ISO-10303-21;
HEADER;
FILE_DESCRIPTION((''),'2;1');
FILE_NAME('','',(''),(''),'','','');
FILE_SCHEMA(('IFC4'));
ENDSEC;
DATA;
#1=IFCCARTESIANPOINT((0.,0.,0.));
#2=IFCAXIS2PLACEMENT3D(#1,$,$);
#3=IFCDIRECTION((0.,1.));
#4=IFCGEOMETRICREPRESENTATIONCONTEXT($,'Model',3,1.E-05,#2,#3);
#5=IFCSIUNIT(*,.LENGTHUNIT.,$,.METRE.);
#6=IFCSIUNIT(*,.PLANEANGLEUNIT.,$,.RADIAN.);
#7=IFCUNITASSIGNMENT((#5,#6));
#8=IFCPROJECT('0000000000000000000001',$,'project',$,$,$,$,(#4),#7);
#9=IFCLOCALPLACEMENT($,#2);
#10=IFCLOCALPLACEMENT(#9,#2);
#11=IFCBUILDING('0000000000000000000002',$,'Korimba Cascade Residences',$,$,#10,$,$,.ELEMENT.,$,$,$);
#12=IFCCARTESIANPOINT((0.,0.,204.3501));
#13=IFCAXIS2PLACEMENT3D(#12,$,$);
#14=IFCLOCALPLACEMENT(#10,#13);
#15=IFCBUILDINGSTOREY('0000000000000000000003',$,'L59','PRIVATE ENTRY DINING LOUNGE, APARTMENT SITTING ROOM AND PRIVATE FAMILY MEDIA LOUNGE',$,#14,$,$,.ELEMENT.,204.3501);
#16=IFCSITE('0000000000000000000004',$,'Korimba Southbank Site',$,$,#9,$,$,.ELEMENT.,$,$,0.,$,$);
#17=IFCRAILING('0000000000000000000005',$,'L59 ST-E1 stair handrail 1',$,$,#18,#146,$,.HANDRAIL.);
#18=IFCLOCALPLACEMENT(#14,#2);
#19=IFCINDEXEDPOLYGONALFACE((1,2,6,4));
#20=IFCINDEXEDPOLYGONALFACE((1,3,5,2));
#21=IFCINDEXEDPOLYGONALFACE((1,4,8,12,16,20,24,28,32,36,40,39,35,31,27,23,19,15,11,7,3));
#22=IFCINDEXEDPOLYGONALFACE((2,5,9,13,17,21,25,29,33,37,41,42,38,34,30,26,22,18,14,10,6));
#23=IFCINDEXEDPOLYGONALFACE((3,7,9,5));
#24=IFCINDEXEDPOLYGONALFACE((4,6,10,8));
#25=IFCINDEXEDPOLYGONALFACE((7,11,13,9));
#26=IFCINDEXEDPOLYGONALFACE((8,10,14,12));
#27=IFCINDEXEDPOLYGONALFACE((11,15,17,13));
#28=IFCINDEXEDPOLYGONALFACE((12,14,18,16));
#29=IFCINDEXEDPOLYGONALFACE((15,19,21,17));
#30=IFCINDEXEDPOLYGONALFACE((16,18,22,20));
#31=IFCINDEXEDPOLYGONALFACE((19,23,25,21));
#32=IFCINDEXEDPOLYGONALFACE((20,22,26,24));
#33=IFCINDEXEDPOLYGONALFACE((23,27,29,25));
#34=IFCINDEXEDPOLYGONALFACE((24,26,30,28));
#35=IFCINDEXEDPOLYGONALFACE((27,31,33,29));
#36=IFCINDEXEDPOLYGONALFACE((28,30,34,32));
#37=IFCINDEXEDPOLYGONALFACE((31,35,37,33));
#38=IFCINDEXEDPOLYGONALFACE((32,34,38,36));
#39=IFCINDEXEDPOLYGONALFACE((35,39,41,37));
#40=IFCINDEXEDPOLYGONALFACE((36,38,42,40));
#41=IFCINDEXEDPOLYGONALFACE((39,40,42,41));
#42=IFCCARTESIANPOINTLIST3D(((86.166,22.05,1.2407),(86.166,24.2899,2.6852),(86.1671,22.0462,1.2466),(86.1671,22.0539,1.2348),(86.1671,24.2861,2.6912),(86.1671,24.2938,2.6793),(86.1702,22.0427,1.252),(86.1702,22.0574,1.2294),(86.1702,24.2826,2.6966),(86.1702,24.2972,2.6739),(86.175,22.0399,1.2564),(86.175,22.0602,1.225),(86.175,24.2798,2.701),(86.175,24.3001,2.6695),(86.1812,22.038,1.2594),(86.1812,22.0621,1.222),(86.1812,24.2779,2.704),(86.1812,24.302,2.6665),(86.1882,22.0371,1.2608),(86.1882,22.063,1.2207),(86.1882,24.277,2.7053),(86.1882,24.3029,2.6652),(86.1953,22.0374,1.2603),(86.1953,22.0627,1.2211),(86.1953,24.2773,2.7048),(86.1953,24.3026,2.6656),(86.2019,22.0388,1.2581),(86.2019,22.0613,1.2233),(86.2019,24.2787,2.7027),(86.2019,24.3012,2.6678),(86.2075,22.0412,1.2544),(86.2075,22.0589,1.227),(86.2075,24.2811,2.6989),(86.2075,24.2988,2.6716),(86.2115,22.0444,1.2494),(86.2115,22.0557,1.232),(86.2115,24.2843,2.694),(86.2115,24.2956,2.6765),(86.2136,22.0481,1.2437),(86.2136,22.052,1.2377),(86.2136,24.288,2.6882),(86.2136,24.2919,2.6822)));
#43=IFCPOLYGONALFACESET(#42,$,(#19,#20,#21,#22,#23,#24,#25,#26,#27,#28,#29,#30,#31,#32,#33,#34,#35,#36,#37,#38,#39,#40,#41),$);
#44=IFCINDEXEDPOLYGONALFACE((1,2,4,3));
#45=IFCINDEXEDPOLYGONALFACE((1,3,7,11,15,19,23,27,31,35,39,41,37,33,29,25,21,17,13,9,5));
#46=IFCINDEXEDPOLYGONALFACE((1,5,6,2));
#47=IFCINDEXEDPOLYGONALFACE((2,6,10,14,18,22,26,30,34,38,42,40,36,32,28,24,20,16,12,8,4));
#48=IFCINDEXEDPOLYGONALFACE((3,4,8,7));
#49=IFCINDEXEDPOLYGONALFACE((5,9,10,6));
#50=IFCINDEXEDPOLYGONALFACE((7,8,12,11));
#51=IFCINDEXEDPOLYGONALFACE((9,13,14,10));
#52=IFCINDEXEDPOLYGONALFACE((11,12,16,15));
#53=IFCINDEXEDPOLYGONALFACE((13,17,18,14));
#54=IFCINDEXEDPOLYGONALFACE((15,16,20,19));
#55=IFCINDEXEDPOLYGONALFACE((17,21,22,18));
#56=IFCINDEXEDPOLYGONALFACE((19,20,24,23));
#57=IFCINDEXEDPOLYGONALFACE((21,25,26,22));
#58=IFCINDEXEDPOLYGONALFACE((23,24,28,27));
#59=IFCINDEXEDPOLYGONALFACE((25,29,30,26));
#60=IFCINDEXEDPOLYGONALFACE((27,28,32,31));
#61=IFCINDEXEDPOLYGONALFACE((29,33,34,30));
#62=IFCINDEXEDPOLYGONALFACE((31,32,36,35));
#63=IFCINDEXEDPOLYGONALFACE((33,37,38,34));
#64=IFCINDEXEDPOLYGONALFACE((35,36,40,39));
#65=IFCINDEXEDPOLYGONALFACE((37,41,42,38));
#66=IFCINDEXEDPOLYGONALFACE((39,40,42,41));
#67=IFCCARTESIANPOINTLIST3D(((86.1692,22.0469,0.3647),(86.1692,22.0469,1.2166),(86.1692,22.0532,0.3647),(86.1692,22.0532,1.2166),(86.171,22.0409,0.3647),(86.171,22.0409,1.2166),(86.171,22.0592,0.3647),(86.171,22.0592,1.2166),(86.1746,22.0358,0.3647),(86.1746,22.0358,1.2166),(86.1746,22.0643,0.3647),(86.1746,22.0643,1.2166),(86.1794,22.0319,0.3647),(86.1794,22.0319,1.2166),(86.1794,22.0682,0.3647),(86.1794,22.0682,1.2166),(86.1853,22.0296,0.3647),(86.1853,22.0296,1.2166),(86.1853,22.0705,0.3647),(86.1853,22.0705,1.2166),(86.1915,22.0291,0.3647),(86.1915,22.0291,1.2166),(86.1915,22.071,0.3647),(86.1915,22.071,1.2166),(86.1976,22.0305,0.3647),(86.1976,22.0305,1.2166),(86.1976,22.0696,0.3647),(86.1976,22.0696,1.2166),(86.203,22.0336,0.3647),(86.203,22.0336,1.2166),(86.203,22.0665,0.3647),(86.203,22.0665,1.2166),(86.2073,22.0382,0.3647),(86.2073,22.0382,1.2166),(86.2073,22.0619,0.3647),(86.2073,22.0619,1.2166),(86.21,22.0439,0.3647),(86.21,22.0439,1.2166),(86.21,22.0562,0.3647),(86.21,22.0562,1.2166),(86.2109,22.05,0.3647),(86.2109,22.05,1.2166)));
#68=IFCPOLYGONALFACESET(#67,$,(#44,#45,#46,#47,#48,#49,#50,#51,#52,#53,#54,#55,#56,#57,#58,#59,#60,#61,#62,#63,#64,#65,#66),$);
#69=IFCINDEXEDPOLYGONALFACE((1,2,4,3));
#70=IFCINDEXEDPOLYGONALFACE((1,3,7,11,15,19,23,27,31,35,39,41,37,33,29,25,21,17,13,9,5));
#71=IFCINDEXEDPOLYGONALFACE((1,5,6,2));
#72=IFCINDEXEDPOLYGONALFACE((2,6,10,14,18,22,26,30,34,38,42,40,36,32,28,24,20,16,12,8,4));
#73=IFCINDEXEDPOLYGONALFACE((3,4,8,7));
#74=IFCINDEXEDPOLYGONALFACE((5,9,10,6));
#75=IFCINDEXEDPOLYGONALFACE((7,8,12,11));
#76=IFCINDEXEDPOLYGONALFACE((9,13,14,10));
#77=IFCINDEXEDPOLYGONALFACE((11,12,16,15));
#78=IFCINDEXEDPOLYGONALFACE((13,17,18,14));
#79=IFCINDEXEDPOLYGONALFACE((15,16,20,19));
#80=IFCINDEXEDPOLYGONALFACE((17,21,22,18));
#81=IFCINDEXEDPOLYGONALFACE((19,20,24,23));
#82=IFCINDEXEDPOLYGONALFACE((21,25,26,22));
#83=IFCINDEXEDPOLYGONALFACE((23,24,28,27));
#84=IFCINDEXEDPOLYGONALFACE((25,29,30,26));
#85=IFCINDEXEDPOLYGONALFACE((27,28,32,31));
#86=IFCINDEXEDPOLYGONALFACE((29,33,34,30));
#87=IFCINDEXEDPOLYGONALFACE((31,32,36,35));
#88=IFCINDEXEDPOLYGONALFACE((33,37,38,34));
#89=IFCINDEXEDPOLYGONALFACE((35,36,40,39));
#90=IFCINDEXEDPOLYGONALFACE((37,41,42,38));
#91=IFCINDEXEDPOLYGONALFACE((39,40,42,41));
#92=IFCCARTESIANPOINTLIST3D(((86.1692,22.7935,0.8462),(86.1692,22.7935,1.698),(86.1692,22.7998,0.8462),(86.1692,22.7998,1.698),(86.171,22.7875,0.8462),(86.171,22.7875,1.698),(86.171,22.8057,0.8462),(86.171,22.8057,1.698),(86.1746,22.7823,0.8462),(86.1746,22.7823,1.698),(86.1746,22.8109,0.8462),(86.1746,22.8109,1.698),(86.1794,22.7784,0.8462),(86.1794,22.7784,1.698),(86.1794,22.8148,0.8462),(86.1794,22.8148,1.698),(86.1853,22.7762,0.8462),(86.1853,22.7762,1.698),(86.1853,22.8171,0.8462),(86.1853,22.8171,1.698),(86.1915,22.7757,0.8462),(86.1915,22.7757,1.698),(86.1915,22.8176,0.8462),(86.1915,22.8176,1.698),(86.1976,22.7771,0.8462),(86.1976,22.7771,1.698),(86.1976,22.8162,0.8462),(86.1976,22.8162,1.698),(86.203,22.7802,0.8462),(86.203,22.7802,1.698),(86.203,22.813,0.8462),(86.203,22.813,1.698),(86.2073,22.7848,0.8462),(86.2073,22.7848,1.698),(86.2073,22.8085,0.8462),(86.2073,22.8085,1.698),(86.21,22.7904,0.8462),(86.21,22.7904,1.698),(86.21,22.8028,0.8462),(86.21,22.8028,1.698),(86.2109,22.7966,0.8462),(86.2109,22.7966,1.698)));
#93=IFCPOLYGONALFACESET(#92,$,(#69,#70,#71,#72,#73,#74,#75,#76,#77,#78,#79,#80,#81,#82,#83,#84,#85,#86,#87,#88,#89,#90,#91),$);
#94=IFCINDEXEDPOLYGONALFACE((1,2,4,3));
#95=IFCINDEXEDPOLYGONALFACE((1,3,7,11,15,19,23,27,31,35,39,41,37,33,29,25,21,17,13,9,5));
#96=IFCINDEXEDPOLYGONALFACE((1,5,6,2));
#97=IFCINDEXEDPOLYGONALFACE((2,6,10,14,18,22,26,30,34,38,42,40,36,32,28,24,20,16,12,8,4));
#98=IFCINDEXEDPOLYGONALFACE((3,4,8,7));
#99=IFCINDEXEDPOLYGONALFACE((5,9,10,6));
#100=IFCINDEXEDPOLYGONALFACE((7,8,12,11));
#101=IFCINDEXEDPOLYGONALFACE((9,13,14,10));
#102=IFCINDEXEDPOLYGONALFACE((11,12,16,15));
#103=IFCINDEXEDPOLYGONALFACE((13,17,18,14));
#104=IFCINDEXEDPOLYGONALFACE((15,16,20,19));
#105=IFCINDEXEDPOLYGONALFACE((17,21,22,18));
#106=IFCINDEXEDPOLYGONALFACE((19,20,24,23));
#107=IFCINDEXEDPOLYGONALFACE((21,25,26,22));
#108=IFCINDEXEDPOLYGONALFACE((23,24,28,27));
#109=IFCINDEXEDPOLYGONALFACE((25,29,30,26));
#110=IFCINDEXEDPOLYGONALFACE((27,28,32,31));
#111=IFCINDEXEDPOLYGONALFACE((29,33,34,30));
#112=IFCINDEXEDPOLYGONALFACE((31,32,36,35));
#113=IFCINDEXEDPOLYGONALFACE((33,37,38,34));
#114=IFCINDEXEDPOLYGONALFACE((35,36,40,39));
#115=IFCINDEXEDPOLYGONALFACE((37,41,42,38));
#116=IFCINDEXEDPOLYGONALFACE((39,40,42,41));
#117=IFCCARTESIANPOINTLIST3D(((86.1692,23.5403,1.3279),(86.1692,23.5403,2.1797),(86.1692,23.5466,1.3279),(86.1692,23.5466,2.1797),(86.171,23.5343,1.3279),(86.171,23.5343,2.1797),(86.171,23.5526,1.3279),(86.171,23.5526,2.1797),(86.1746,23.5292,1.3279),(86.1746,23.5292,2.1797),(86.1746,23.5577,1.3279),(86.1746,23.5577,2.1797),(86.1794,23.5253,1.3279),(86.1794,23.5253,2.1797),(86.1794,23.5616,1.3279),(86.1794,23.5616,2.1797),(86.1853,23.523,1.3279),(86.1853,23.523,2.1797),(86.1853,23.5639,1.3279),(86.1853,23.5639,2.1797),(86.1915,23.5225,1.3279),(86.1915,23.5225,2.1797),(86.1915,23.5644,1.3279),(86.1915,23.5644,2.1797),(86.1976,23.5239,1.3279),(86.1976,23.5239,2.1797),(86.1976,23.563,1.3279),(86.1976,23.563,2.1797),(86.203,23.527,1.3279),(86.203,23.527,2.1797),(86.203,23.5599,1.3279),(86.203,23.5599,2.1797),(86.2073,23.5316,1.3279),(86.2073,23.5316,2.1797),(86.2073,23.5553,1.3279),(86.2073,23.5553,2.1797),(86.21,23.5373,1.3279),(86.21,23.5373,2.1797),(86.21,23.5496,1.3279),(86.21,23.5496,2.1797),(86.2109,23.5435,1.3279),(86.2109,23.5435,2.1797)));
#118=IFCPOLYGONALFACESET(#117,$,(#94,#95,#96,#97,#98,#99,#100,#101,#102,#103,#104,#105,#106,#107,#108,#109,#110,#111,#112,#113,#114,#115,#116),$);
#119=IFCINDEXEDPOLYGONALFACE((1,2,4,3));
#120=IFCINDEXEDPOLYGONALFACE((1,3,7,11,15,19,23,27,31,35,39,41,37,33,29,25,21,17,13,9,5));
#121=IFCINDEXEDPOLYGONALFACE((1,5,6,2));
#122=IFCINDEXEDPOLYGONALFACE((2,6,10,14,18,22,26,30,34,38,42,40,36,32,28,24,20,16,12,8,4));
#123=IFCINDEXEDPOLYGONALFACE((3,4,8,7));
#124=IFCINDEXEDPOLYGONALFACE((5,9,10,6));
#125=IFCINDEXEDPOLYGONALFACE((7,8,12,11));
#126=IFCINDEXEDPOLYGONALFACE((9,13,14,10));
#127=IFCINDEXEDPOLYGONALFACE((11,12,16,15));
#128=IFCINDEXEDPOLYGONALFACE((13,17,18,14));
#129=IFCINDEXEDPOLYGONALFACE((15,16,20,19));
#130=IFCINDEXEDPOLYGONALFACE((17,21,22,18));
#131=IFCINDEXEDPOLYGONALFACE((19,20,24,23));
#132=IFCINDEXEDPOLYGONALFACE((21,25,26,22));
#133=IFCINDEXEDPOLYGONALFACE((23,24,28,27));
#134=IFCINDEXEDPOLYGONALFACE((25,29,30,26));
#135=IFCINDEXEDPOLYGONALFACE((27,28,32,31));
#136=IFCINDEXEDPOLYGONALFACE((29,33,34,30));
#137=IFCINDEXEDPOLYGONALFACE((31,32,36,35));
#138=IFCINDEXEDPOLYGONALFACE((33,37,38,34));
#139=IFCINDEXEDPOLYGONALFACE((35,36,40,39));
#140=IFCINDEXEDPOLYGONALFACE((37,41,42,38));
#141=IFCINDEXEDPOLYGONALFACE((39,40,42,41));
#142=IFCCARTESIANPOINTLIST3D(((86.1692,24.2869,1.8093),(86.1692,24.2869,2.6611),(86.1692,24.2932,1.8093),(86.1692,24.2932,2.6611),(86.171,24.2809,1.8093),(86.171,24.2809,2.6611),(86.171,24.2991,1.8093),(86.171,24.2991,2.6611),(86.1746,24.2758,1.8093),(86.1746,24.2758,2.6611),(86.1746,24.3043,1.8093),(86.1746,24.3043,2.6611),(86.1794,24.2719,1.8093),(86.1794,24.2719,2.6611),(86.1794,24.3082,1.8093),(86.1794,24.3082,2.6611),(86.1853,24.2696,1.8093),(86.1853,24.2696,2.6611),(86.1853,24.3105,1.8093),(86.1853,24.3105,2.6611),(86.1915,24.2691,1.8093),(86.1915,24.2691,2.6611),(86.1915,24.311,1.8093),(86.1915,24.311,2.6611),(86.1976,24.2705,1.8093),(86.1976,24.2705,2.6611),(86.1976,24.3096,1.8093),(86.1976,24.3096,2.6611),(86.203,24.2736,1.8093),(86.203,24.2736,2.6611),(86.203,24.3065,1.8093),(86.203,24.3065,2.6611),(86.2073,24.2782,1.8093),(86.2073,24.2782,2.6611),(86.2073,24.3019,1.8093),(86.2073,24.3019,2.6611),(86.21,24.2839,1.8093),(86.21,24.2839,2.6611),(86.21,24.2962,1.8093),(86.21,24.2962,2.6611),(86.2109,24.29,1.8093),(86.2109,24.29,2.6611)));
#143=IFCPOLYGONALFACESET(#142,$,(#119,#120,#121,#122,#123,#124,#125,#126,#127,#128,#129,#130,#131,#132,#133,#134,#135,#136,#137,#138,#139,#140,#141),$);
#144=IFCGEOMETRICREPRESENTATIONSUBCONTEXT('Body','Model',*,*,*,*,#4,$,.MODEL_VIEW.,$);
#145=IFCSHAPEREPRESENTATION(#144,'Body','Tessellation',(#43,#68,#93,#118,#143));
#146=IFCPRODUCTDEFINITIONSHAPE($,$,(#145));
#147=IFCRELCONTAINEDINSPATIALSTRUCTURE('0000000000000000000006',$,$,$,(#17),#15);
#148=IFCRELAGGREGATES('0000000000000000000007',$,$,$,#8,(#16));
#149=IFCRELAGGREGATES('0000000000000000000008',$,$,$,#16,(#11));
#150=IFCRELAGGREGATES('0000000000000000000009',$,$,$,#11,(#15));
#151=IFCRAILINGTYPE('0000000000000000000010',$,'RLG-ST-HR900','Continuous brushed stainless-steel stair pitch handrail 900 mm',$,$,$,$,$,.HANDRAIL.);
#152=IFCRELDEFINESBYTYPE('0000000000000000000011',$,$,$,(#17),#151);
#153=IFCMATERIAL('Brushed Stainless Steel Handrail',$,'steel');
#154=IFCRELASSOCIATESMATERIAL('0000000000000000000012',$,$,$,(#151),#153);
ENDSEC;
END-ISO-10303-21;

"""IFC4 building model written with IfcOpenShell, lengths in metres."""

from ifc_helpers import new_model, si_unit, direction, frame, origin, origin_2d, place, context, subcontext, project, spatial, circle, extrude, material, type_object, element, save


model = new_model("IFC4")

# Units and contexts
model_context = context("Model", 3, precision=1e-05, world=origin(), true_north=direction((0.0, 1.0)))
body_context = subcontext(model_context, "Body", "Model", "MODEL_VIEW")
ifc_project = project(units=[si_unit("LENGTHUNIT", "METRE"), si_unit("PLANEANGLEUNIT", "RADIAN")], contexts=[model_context])

# Site, building, storey
site_placement = place(None, origin())
site = spatial("IfcSite", under=ifc_project, at=site_placement, Name="Korimba Southbank Site", CompositionType="ELEMENT", RefElevation=0.0)
building_placement = place(site_placement, origin())
building = spatial("IfcBuilding", under=site, at=building_placement, Name="Korimba Cascade Residences", CompositionType="ELEMENT")
storey_placement = place(building_placement, frame((0.0, 0.0, 204.3501)))
storey = spatial("IfcBuildingStorey", under=building, at=storey_placement, Name="L59", Description="PRIVATE ENTRY DINING LOUNGE, APARTMENT SITTING ROOM AND PRIVATE FAMILY MEDIA LOUNGE", CompositionType="ELEMENT", Elevation=204.3501)

# Railing
ifc_material_1 = material(Name="Brushed Stainless Steel Handrail", Category="steel")
railing_type_1 = type_object("IfcRailingType", Name="RLG-ST-HR900", Description="Continuous brushed stainless-steel stair pitch handrail 900 mm", PredefinedType="HANDRAIL", material=ifc_material_1)
railing_1_placement = place(storey_placement, frame((86.1899, 22.05, 0.3647)))
element("IfcRailing", 1, at=railing_1_placement, inside=storey, type_object=railing_type_1, Name="L59 ST-E1 stair handrail 1", PredefinedType="HANDRAIL", context=body_context, shape_type="SweptSolid", body=[
    extrude(circle(Radius=0.0239, at=origin_2d()), frame((0.0, 0.0, 0.876), z_axis=(0.0, 0.840395, 0.541975), x_axis=(-1.0, 0.0, 0.0)), (0.0, 0.0, 1.0), 2.6653),
    extrude(circle(Radius=0.021, at=origin_2d()), origin(), (0.0, 0.0, 1.0), 0.8518),
    extrude(circle(Radius=0.021, at=origin_2d()), frame((0.0, 0.7466, 0.4814)), (0.0, 0.0, 1.0), 0.8518),
    extrude(circle(Radius=0.021, at=origin_2d()), frame((0.0, 1.4934, 0.9631)), (0.0, 0.0, 1.0), 0.8518),
    extrude(circle(Radius=0.021, at=origin_2d()), frame((0.0, 2.24, 1.4446)), (0.0, 0.0, 1.0), 0.8518),
])

save(model, "model.ifc")
